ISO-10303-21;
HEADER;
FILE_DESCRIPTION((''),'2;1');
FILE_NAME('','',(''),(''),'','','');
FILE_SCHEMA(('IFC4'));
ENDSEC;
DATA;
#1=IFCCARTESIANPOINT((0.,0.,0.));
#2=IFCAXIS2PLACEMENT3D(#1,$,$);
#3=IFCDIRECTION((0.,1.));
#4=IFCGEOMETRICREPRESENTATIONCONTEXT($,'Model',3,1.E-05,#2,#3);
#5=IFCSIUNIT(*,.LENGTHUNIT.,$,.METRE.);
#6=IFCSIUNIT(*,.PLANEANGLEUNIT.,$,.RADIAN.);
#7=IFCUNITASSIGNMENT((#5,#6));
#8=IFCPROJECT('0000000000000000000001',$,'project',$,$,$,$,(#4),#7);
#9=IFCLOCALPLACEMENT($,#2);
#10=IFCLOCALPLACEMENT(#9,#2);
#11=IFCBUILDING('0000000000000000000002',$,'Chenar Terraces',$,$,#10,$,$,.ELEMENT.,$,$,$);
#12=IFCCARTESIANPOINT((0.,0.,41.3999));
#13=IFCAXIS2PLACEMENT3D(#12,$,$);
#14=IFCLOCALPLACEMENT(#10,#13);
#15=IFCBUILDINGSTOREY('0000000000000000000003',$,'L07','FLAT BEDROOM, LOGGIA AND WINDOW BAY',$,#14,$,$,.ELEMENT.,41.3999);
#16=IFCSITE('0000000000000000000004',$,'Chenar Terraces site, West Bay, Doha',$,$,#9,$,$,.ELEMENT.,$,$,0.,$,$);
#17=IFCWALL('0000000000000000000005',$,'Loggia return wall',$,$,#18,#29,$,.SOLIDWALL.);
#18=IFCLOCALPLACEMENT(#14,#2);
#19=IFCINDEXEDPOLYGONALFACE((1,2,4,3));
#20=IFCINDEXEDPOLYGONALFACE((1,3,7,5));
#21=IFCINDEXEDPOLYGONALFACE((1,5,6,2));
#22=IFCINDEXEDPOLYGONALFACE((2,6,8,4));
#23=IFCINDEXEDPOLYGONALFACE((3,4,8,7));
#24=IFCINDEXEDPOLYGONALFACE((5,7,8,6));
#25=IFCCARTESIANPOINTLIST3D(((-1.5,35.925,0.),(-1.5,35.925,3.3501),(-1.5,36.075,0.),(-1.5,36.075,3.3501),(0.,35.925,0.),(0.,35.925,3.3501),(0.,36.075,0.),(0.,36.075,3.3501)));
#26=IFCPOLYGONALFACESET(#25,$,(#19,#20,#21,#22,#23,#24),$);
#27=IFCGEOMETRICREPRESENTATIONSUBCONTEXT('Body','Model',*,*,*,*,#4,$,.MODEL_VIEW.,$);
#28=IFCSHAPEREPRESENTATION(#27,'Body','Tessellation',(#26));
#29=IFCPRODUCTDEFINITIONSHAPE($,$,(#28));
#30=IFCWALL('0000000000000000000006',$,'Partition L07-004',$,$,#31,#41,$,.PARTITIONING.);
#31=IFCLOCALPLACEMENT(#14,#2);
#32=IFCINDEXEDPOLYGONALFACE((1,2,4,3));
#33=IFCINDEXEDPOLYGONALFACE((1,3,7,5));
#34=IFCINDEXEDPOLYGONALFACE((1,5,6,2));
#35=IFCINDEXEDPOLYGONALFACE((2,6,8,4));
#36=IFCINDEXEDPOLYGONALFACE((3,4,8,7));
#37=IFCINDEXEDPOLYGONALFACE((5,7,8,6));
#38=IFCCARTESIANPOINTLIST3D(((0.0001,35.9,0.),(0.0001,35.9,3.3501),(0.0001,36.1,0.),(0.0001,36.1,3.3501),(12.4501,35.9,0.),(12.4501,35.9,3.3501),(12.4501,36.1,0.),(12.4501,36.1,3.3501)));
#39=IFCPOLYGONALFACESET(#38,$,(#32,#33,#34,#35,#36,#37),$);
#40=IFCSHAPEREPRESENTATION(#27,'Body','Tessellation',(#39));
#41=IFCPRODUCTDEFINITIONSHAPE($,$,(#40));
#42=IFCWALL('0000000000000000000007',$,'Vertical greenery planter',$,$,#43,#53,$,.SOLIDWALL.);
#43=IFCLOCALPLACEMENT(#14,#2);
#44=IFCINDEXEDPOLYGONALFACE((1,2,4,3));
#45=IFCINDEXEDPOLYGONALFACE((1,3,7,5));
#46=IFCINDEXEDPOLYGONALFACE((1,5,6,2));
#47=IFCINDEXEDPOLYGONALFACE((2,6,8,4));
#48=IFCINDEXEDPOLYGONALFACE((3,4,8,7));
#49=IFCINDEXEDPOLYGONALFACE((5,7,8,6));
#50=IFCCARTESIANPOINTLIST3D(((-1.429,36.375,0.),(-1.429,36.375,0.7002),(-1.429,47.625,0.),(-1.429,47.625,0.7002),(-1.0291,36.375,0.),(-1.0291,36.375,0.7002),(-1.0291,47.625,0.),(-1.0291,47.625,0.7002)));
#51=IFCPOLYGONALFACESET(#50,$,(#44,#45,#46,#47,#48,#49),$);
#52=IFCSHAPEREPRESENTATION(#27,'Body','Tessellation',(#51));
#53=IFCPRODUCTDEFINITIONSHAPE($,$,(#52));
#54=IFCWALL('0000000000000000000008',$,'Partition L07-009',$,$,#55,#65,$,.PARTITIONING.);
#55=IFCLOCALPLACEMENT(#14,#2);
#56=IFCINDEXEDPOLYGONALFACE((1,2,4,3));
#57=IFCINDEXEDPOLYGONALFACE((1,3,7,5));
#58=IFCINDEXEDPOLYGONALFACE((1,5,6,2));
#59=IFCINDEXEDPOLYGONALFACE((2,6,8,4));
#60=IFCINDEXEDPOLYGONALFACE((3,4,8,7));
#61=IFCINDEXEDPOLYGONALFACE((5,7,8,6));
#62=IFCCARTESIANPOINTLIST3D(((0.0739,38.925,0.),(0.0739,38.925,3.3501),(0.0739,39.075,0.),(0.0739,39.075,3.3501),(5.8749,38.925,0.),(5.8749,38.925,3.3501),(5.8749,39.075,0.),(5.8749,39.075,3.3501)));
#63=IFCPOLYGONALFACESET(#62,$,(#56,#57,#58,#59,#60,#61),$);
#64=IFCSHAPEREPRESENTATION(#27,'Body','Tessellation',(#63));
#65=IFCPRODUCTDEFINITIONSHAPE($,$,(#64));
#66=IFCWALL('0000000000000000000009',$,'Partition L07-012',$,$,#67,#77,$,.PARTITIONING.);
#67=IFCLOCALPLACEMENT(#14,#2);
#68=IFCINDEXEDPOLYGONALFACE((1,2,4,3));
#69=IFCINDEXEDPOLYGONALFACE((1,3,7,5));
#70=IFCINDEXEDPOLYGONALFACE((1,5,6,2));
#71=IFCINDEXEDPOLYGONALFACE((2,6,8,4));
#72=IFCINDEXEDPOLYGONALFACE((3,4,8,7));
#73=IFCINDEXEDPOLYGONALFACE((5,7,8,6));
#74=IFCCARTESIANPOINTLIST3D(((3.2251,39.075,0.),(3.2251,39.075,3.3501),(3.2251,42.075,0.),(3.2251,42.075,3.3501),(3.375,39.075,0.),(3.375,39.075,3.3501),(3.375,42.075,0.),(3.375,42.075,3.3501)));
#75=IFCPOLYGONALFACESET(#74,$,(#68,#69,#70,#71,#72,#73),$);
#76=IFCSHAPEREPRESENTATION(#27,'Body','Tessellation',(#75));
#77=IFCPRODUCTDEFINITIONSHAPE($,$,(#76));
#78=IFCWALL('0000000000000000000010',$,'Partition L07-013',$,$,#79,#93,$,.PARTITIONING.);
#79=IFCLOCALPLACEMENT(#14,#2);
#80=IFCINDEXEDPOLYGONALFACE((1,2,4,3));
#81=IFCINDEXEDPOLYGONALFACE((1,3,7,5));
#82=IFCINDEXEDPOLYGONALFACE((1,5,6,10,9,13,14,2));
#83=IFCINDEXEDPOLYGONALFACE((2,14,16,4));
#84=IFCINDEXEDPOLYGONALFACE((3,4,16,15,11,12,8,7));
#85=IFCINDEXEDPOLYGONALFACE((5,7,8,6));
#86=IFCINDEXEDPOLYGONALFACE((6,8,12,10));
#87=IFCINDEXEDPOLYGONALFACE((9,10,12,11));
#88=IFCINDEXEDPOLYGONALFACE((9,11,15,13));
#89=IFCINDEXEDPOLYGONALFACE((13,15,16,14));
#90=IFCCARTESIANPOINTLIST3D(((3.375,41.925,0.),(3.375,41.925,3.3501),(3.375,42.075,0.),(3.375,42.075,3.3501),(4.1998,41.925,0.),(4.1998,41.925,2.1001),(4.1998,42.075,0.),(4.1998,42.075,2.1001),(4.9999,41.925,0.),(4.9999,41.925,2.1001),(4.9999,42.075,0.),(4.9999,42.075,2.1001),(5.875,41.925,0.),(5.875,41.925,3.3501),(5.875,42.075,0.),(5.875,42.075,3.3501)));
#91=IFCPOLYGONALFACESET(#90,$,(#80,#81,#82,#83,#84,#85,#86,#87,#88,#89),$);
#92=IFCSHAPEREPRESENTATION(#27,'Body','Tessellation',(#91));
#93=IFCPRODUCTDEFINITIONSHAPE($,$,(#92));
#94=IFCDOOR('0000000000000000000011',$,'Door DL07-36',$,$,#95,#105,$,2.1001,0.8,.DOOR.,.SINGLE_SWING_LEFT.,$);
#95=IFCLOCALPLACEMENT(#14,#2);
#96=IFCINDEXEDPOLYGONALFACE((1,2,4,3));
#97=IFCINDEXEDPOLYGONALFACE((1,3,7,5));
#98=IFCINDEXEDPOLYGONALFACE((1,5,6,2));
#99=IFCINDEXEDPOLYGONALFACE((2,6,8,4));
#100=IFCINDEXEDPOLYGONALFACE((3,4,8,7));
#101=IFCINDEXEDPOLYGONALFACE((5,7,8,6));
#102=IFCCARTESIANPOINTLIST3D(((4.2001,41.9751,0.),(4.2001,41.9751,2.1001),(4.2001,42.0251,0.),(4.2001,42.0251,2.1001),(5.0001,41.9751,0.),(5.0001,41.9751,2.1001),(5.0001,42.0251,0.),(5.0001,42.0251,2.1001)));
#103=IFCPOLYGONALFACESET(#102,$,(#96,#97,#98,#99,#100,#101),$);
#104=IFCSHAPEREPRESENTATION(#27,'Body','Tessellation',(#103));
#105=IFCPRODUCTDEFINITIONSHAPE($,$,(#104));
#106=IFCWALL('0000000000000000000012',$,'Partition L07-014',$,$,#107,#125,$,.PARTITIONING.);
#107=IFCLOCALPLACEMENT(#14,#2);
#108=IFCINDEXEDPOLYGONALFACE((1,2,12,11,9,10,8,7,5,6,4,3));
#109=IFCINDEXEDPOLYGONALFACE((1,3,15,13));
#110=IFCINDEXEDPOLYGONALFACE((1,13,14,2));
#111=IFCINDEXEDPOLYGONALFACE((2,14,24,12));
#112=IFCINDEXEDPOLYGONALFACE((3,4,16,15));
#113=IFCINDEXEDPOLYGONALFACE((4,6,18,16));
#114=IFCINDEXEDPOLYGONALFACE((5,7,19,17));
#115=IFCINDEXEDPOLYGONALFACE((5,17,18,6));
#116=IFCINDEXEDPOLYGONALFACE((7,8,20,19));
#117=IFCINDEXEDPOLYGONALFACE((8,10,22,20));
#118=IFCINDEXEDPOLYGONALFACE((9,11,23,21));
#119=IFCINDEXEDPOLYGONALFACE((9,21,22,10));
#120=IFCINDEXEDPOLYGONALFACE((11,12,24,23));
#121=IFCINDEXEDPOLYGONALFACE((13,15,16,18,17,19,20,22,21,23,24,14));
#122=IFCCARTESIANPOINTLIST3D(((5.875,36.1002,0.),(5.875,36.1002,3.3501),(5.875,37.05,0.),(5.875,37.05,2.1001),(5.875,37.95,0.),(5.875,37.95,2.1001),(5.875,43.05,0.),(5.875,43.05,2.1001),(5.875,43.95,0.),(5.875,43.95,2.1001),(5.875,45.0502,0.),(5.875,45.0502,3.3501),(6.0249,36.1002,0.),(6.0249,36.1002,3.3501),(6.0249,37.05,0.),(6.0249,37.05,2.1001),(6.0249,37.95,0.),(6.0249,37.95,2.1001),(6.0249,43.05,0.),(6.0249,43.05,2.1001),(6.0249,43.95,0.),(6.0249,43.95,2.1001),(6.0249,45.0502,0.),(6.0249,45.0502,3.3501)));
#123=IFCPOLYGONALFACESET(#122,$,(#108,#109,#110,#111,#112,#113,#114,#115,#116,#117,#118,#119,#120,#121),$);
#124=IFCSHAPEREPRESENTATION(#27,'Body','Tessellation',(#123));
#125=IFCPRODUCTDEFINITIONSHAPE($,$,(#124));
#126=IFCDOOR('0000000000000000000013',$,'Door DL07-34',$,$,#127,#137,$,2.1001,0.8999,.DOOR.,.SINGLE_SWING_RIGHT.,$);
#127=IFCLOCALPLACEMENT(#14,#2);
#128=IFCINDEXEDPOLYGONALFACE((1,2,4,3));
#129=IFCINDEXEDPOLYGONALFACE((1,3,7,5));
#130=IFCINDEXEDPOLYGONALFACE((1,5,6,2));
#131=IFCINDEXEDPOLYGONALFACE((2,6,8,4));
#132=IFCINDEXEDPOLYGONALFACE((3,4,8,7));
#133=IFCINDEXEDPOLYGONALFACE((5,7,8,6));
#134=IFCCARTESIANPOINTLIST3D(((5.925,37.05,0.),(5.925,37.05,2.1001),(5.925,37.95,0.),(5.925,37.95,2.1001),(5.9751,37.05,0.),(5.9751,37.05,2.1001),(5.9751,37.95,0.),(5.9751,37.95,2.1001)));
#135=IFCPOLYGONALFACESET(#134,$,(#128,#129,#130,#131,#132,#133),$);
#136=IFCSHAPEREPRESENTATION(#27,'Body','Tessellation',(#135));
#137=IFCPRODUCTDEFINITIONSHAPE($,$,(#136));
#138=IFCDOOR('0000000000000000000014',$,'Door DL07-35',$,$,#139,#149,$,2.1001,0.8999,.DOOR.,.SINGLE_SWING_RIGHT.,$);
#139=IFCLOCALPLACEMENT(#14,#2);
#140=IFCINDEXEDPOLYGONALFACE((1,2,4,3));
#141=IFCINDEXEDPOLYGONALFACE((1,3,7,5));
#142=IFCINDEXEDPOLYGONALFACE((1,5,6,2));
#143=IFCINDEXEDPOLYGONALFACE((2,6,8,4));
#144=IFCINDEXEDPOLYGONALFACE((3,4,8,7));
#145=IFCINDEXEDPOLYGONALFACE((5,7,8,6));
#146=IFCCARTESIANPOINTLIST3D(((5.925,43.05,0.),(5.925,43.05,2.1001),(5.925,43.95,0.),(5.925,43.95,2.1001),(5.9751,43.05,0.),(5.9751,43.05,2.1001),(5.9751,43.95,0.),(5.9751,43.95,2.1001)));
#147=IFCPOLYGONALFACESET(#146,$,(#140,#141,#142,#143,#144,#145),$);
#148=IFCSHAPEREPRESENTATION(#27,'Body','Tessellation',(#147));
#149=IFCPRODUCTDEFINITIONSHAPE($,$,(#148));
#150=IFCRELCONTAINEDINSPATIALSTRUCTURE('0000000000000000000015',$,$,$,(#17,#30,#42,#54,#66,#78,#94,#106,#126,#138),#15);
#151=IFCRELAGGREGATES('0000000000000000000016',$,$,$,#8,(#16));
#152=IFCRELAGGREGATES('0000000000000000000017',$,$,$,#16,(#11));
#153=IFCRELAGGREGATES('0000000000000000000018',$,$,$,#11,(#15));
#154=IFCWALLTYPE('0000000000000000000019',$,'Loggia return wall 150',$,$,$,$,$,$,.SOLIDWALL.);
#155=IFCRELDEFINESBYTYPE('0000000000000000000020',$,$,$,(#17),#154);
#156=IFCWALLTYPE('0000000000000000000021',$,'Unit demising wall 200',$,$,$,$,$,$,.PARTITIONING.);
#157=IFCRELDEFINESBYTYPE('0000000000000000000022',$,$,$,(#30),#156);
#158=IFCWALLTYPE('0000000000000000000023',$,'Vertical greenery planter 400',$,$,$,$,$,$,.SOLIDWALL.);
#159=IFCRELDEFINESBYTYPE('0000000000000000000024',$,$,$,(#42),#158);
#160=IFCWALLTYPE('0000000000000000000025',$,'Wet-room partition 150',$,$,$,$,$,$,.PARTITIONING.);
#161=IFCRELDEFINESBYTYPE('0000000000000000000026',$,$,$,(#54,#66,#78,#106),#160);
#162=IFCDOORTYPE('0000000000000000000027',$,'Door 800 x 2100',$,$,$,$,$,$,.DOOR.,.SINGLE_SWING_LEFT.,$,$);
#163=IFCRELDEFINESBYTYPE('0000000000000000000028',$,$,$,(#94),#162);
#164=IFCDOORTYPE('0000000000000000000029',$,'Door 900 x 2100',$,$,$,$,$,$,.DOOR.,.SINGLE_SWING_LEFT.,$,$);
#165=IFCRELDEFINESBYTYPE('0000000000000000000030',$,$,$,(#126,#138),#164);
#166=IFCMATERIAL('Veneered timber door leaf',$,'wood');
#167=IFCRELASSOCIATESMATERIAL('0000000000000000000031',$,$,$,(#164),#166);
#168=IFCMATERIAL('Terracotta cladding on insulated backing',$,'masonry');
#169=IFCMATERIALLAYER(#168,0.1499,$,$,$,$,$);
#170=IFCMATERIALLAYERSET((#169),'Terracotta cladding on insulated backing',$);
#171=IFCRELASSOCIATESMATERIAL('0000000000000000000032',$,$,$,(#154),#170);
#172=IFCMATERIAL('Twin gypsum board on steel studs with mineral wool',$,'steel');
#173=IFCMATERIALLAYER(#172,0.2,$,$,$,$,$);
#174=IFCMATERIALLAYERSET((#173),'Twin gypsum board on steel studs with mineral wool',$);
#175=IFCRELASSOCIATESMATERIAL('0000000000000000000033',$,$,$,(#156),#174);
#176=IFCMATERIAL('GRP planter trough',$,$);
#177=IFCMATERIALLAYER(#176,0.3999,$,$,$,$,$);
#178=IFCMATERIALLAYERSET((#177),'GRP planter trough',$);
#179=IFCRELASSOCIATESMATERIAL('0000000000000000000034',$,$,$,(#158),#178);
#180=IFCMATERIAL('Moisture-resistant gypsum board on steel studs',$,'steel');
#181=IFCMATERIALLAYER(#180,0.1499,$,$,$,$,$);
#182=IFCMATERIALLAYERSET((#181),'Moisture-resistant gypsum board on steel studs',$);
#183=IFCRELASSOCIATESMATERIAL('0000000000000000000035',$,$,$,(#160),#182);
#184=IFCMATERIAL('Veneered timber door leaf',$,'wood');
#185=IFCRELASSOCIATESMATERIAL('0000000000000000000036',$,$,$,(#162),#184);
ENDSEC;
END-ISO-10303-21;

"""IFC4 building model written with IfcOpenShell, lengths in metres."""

from ifc_helpers import new_model, si_unit, direction, frame, frame_2d, origin, place, context, subcontext, project, spatial, rectangle, extrude, material, layer, layer_set, type_object, element, fill, save


model = new_model("IFC4")

# Units and contexts
model_context = context("Model", 3, precision=1e-05, world=origin(), true_north=direction((0.0, 1.0)))
body_context = subcontext(model_context, "Body", "Model", "MODEL_VIEW")
ifc_project = project(units=[si_unit("LENGTHUNIT", "METRE"), si_unit("PLANEANGLEUNIT", "RADIAN")], contexts=[model_context])

# Site, building, storey
site_placement = place(None, origin())
site = spatial("IfcSite", under=ifc_project, at=site_placement, Name="Chenar Terraces site, West Bay, Doha", CompositionType="ELEMENT", RefElevation=0.0)
building_placement = place(site_placement, origin())
building = spatial("IfcBuilding", under=site, at=building_placement, Name="Chenar Terraces", CompositionType="ELEMENT")
storey_placement = place(building_placement, frame((0.0, 0.0, 41.3999)))
storey = spatial("IfcBuildingStorey", under=building, at=storey_placement, Name="L07", Description="FLAT BEDROOM, LOGGIA AND WINDOW BAY", CompositionType="ELEMENT", Elevation=41.3999)

# Shared definitions
placement = place(storey_placement, frame((0.0, 36.0, 0.0), z_axis=(0.0, 0.0, 1.0), x_axis=(1.0, 0.0, 0.0)))

# Shared definitions
ifc_material_1 = material(Name="Veneered timber door leaf", Category="wood")
door_type_1 = type_object("IfcDoorType", Name="Door 900 x 2100", OperationType="SINGLE_SWING_LEFT", PredefinedType="DOOR", material=ifc_material_1)

# Walls
ifc_material_2 = material(Name="Terracotta cladding on insulated backing", Category="masonry")
ifc_layer_1 = layer(ifc_material_2, 0.1499)
ifc_layer_set_1 = layer_set([ifc_layer_1], Name="Terracotta cladding on insulated backing")
wall_type_1 = type_object("IfcWallType", Name="Loggia return wall 150", PredefinedType="SOLIDWALL", material=ifc_layer_set_1)
for number, where, z_axis, x_axis, name in (
    (1, (-1.5, 36.0, 0.0), (0.0, 0.0, 1.0), (1.0, 0.0, 0.0), "Loggia return wall"),
):
    element("IfcWall", number, at=place(storey_placement, frame(where, z_axis=z_axis, x_axis=x_axis)), inside=storey, type_object=wall_type_1, Name=name, PredefinedType="SOLIDWALL", context=body_context, shape_type="SweptSolid", body=[
        extrude(rectangle(XDim=1.5, YDim=0.1499, at=frame_2d((0.75, 0.0))), origin(), (0.0, 0.0, 1.0), 3.3501),
    ])
ifc_material_3 = material(Name="Twin gypsum board on steel studs with mineral wool", Category="steel")
ifc_layer_2 = layer(ifc_material_3, 0.2)
ifc_layer_set_2 = layer_set([ifc_layer_2], Name="Twin gypsum board on steel studs with mineral wool")
wall_type_2 = type_object("IfcWallType", Name="Unit demising wall 200", PredefinedType="PARTITIONING", material=ifc_layer_set_2)
element("IfcWall", 2, at=placement, inside=storey, type_object=wall_type_2, Name="Partition L07-004", PredefinedType="PARTITIONING", context=body_context, shape_type="SweptSolid", body=[
    extrude(rectangle(XDim=12.45, YDim=0.2, at=frame_2d((6.2251, 0.0))), origin(), (0.0, 0.0, 1.0), 3.3501),
])
ifc_material_4 = material(Name="GRP planter trough")
ifc_layer_3 = layer(ifc_material_4, 0.3999)
ifc_layer_set_3 = layer_set([ifc_layer_3], Name="GRP planter trough")
wall_type_3 = type_object("IfcWallType", Name="Vertical greenery planter 400", PredefinedType="SOLIDWALL", material=ifc_layer_set_3)
wall_1_placement = place(storey_placement, frame((-1.229, 47.625, 0.0), z_axis=(0.0, 0.0, 1.0), x_axis=(0.0, -1.0, 0.0)))
element("IfcWall", 3, at=wall_1_placement, inside=storey, type_object=wall_type_3, Name="Vertical greenery planter", PredefinedType="SOLIDWALL", context=body_context, shape_type="SweptSolid", body=[
    extrude(rectangle(XDim=11.25, YDim=0.3999, at=frame_2d((5.625, 0.0))), origin(), (0.0, 0.0, 1.0), 0.7002),
])
ifc_material_5 = material(Name="Moisture-resistant gypsum board on steel studs", Category="steel")
ifc_layer_4 = layer(ifc_material_5, 0.1499)
ifc_layer_set_4 = layer_set([ifc_layer_4], Name="Moisture-resistant gypsum board on steel studs")
wall_type_4 = type_object("IfcWallType", Name="Wet-room partition 150", PredefinedType="PARTITIONING", material=ifc_layer_set_4)
wall_2_placement = place(storey_placement, frame((0.074, 39.0, 0.0), z_axis=(0.0, 0.0, 1.0), x_axis=(1.0, 0.0, 0.0)))
element("IfcWall", 4, at=wall_2_placement, inside=storey, type_object=wall_type_4, Name="Partition L07-009", PredefinedType="PARTITIONING", context=body_context, shape_type="SweptSolid", body=[
    extrude(rectangle(XDim=5.801, YDim=0.1499, at=frame_2d((2.9004, 0.0))), origin(), (0.0, 0.0, 1.0), 3.3501),
])
wall_3_placement = place(storey_placement, frame((3.3, 39.075, 0.0), z_axis=(0.0, 0.0, 1.0), x_axis=(0.0, 1.0, 0.0)))
element("IfcWall", 5, at=wall_3_placement, inside=storey, type_object=wall_type_4, Name="Partition L07-012", PredefinedType="PARTITIONING", context=body_context, shape_type="SweptSolid", body=[
    extrude(rectangle(XDim=3.0, YDim=0.1499, at=frame_2d((1.5, 0.0))), origin(), (0.0, 0.0, 1.0), 3.3501),
])

# Wall, opening, door
wall_4_placement = place(storey_placement, frame((3.375, 42.0, 0.0), z_axis=(0.0, 0.0, 1.0), x_axis=(1.0, 0.0, 0.0)))
wall_4 = element("IfcWall", 6, at=wall_4_placement, inside=storey, type_object=wall_type_4, Name="Partition L07-013", PredefinedType="PARTITIONING", context=body_context, shape_type="SweptSolid", body=[
    extrude(rectangle(XDim=2.5, YDim=0.1499, at=frame_2d((1.25, 0.0))), origin(), (0.0, 0.0, 1.0), 3.3501),
])
opening_1_placement = place(wall_4_placement, frame((0.825, 0.0, 0.0)))
opening_1 = element("IfcOpeningElement", 7, at=opening_1_placement, cuts=wall_4, PredefinedType="OPENING", context=body_context, shape_type="SweptSolid", body=[
    extrude(rectangle(XDim=0.8, YDim=2.1001, at=frame_2d((0.3999, 1.05))), frame((0.0, 0.085, 0.0), z_axis=(0.0, -1.0, 0.0), x_axis=(1.0, 0.0, 0.0)), (0.0, 0.0, 1.0), 0.1699),
])
ifc_material_6 = material(Name="Veneered timber door leaf", Category="wood")
door_type_2 = type_object("IfcDoorType", Name="Door 800 x 2100", OperationType="SINGLE_SWING_LEFT", PredefinedType="DOOR", material=ifc_material_6)
door_1_placement = place(opening_1_placement, frame((0.8, 0.0, 0.0), z_axis=(0.0, 0.0, 1.0), x_axis=(-1.0, 0.0, 0.0)))
door_1 = element("IfcDoor", 8, at=door_1_placement, inside=storey, type_object=door_type_2, Name="Door DL07-36", OperationType="SINGLE_SWING_LEFT", OverallHeight=2.1001, OverallWidth=0.8, PredefinedType="DOOR", context=body_context, shape_type="SweptSolid", body=[
    extrude(rectangle(XDim=0.8, YDim=2.1001, at=frame_2d((0.3999, 1.05))), frame((0.0, 0.0249, 0.0), z_axis=(0.0, -1.0, 0.0), x_axis=(1.0, 0.0, 0.0)), (0.0, 0.0, 1.0), 0.05),
])
fill(opening_1, door_1)

# Wall, openings, doors
wall_5_placement = place(storey_placement, frame((5.95, 36.1001, 0.0), z_axis=(0.0, 0.0, 1.0), x_axis=(0.0, 1.0, 0.0)))
wall_5 = element("IfcWall", 9, at=wall_5_placement, inside=storey, type_object=wall_type_4, Name="Partition L07-014", PredefinedType="PARTITIONING", context=body_context, shape_type="SweptSolid", body=[
    extrude(rectangle(XDim=8.95, YDim=0.1499, at=frame_2d((4.4751, 0.0))), origin(), (0.0, 0.0, 1.0), 3.3501),
])
opening_2_placement = place(wall_5_placement, frame((0.95, 0.0, 0.0)))
opening_2 = element("IfcOpeningElement", 10, at=opening_2_placement, cuts=wall_5, PredefinedType="OPENING", context=body_context, shape_type="SweptSolid", body=[
    extrude(rectangle(XDim=0.8999, YDim=2.1001, at=frame_2d((0.45, 1.05))), frame((0.0, 0.085, 0.0), z_axis=(0.0, -1.0, 0.0), x_axis=(1.0, 0.0, 0.0)), (0.0, 0.0, 1.0), 0.1699),
])
opening_3_placement = place(wall_5_placement, frame((6.95, 0.0, 0.0)))
opening_3 = element("IfcOpeningElement", 11, at=opening_3_placement, cuts=wall_5, PredefinedType="OPENING", context=body_context, shape_type="SweptSolid", body=[
    extrude(rectangle(XDim=0.8999, YDim=2.1001, at=frame_2d((0.45, 1.05))), frame((0.0, 0.085, 0.0), z_axis=(0.0, -1.0, 0.0), x_axis=(1.0, 0.0, 0.0)), (0.0, 0.0, 1.0), 0.1699),
])
door_2_placement = place(opening_2_placement, origin())
door_2 = element("IfcDoor", 12, at=door_2_placement, inside=storey, type_object=door_type_1, Name="Door DL07-34", OperationType="SINGLE_SWING_RIGHT", OverallHeight=2.1001, OverallWidth=0.8999, PredefinedType="DOOR", context=body_context, shape_type="SweptSolid", body=[
    extrude(rectangle(XDim=0.8999, YDim=2.1001, at=frame_2d((0.45, 1.05))), frame((0.0, 0.0249, 0.0), z_axis=(0.0, -1.0, 0.0), x_axis=(1.0, 0.0, 0.0)), (0.0, 0.0, 1.0), 0.05),
])
fill(opening_2, door_2)
door_3_placement = place(opening_3_placement, origin())
door_3 = element("IfcDoor", 13, at=door_3_placement, inside=storey, type_object=door_type_1, Name="Door DL07-35", OperationType="SINGLE_SWING_RIGHT", OverallHeight=2.1001, OverallWidth=0.8999, PredefinedType="DOOR", context=body_context, shape_type="SweptSolid", body=[
    extrude(rectangle(XDim=0.8999, YDim=2.1001, at=frame_2d((0.45, 1.05))), frame((0.0, 0.0249, 0.0), z_axis=(0.0, -1.0, 0.0), x_axis=(1.0, 0.0, 0.0)), (0.0, 0.0, 1.0), 0.05),
])
fill(opening_3, door_3)

save(model, "model.ifc")
